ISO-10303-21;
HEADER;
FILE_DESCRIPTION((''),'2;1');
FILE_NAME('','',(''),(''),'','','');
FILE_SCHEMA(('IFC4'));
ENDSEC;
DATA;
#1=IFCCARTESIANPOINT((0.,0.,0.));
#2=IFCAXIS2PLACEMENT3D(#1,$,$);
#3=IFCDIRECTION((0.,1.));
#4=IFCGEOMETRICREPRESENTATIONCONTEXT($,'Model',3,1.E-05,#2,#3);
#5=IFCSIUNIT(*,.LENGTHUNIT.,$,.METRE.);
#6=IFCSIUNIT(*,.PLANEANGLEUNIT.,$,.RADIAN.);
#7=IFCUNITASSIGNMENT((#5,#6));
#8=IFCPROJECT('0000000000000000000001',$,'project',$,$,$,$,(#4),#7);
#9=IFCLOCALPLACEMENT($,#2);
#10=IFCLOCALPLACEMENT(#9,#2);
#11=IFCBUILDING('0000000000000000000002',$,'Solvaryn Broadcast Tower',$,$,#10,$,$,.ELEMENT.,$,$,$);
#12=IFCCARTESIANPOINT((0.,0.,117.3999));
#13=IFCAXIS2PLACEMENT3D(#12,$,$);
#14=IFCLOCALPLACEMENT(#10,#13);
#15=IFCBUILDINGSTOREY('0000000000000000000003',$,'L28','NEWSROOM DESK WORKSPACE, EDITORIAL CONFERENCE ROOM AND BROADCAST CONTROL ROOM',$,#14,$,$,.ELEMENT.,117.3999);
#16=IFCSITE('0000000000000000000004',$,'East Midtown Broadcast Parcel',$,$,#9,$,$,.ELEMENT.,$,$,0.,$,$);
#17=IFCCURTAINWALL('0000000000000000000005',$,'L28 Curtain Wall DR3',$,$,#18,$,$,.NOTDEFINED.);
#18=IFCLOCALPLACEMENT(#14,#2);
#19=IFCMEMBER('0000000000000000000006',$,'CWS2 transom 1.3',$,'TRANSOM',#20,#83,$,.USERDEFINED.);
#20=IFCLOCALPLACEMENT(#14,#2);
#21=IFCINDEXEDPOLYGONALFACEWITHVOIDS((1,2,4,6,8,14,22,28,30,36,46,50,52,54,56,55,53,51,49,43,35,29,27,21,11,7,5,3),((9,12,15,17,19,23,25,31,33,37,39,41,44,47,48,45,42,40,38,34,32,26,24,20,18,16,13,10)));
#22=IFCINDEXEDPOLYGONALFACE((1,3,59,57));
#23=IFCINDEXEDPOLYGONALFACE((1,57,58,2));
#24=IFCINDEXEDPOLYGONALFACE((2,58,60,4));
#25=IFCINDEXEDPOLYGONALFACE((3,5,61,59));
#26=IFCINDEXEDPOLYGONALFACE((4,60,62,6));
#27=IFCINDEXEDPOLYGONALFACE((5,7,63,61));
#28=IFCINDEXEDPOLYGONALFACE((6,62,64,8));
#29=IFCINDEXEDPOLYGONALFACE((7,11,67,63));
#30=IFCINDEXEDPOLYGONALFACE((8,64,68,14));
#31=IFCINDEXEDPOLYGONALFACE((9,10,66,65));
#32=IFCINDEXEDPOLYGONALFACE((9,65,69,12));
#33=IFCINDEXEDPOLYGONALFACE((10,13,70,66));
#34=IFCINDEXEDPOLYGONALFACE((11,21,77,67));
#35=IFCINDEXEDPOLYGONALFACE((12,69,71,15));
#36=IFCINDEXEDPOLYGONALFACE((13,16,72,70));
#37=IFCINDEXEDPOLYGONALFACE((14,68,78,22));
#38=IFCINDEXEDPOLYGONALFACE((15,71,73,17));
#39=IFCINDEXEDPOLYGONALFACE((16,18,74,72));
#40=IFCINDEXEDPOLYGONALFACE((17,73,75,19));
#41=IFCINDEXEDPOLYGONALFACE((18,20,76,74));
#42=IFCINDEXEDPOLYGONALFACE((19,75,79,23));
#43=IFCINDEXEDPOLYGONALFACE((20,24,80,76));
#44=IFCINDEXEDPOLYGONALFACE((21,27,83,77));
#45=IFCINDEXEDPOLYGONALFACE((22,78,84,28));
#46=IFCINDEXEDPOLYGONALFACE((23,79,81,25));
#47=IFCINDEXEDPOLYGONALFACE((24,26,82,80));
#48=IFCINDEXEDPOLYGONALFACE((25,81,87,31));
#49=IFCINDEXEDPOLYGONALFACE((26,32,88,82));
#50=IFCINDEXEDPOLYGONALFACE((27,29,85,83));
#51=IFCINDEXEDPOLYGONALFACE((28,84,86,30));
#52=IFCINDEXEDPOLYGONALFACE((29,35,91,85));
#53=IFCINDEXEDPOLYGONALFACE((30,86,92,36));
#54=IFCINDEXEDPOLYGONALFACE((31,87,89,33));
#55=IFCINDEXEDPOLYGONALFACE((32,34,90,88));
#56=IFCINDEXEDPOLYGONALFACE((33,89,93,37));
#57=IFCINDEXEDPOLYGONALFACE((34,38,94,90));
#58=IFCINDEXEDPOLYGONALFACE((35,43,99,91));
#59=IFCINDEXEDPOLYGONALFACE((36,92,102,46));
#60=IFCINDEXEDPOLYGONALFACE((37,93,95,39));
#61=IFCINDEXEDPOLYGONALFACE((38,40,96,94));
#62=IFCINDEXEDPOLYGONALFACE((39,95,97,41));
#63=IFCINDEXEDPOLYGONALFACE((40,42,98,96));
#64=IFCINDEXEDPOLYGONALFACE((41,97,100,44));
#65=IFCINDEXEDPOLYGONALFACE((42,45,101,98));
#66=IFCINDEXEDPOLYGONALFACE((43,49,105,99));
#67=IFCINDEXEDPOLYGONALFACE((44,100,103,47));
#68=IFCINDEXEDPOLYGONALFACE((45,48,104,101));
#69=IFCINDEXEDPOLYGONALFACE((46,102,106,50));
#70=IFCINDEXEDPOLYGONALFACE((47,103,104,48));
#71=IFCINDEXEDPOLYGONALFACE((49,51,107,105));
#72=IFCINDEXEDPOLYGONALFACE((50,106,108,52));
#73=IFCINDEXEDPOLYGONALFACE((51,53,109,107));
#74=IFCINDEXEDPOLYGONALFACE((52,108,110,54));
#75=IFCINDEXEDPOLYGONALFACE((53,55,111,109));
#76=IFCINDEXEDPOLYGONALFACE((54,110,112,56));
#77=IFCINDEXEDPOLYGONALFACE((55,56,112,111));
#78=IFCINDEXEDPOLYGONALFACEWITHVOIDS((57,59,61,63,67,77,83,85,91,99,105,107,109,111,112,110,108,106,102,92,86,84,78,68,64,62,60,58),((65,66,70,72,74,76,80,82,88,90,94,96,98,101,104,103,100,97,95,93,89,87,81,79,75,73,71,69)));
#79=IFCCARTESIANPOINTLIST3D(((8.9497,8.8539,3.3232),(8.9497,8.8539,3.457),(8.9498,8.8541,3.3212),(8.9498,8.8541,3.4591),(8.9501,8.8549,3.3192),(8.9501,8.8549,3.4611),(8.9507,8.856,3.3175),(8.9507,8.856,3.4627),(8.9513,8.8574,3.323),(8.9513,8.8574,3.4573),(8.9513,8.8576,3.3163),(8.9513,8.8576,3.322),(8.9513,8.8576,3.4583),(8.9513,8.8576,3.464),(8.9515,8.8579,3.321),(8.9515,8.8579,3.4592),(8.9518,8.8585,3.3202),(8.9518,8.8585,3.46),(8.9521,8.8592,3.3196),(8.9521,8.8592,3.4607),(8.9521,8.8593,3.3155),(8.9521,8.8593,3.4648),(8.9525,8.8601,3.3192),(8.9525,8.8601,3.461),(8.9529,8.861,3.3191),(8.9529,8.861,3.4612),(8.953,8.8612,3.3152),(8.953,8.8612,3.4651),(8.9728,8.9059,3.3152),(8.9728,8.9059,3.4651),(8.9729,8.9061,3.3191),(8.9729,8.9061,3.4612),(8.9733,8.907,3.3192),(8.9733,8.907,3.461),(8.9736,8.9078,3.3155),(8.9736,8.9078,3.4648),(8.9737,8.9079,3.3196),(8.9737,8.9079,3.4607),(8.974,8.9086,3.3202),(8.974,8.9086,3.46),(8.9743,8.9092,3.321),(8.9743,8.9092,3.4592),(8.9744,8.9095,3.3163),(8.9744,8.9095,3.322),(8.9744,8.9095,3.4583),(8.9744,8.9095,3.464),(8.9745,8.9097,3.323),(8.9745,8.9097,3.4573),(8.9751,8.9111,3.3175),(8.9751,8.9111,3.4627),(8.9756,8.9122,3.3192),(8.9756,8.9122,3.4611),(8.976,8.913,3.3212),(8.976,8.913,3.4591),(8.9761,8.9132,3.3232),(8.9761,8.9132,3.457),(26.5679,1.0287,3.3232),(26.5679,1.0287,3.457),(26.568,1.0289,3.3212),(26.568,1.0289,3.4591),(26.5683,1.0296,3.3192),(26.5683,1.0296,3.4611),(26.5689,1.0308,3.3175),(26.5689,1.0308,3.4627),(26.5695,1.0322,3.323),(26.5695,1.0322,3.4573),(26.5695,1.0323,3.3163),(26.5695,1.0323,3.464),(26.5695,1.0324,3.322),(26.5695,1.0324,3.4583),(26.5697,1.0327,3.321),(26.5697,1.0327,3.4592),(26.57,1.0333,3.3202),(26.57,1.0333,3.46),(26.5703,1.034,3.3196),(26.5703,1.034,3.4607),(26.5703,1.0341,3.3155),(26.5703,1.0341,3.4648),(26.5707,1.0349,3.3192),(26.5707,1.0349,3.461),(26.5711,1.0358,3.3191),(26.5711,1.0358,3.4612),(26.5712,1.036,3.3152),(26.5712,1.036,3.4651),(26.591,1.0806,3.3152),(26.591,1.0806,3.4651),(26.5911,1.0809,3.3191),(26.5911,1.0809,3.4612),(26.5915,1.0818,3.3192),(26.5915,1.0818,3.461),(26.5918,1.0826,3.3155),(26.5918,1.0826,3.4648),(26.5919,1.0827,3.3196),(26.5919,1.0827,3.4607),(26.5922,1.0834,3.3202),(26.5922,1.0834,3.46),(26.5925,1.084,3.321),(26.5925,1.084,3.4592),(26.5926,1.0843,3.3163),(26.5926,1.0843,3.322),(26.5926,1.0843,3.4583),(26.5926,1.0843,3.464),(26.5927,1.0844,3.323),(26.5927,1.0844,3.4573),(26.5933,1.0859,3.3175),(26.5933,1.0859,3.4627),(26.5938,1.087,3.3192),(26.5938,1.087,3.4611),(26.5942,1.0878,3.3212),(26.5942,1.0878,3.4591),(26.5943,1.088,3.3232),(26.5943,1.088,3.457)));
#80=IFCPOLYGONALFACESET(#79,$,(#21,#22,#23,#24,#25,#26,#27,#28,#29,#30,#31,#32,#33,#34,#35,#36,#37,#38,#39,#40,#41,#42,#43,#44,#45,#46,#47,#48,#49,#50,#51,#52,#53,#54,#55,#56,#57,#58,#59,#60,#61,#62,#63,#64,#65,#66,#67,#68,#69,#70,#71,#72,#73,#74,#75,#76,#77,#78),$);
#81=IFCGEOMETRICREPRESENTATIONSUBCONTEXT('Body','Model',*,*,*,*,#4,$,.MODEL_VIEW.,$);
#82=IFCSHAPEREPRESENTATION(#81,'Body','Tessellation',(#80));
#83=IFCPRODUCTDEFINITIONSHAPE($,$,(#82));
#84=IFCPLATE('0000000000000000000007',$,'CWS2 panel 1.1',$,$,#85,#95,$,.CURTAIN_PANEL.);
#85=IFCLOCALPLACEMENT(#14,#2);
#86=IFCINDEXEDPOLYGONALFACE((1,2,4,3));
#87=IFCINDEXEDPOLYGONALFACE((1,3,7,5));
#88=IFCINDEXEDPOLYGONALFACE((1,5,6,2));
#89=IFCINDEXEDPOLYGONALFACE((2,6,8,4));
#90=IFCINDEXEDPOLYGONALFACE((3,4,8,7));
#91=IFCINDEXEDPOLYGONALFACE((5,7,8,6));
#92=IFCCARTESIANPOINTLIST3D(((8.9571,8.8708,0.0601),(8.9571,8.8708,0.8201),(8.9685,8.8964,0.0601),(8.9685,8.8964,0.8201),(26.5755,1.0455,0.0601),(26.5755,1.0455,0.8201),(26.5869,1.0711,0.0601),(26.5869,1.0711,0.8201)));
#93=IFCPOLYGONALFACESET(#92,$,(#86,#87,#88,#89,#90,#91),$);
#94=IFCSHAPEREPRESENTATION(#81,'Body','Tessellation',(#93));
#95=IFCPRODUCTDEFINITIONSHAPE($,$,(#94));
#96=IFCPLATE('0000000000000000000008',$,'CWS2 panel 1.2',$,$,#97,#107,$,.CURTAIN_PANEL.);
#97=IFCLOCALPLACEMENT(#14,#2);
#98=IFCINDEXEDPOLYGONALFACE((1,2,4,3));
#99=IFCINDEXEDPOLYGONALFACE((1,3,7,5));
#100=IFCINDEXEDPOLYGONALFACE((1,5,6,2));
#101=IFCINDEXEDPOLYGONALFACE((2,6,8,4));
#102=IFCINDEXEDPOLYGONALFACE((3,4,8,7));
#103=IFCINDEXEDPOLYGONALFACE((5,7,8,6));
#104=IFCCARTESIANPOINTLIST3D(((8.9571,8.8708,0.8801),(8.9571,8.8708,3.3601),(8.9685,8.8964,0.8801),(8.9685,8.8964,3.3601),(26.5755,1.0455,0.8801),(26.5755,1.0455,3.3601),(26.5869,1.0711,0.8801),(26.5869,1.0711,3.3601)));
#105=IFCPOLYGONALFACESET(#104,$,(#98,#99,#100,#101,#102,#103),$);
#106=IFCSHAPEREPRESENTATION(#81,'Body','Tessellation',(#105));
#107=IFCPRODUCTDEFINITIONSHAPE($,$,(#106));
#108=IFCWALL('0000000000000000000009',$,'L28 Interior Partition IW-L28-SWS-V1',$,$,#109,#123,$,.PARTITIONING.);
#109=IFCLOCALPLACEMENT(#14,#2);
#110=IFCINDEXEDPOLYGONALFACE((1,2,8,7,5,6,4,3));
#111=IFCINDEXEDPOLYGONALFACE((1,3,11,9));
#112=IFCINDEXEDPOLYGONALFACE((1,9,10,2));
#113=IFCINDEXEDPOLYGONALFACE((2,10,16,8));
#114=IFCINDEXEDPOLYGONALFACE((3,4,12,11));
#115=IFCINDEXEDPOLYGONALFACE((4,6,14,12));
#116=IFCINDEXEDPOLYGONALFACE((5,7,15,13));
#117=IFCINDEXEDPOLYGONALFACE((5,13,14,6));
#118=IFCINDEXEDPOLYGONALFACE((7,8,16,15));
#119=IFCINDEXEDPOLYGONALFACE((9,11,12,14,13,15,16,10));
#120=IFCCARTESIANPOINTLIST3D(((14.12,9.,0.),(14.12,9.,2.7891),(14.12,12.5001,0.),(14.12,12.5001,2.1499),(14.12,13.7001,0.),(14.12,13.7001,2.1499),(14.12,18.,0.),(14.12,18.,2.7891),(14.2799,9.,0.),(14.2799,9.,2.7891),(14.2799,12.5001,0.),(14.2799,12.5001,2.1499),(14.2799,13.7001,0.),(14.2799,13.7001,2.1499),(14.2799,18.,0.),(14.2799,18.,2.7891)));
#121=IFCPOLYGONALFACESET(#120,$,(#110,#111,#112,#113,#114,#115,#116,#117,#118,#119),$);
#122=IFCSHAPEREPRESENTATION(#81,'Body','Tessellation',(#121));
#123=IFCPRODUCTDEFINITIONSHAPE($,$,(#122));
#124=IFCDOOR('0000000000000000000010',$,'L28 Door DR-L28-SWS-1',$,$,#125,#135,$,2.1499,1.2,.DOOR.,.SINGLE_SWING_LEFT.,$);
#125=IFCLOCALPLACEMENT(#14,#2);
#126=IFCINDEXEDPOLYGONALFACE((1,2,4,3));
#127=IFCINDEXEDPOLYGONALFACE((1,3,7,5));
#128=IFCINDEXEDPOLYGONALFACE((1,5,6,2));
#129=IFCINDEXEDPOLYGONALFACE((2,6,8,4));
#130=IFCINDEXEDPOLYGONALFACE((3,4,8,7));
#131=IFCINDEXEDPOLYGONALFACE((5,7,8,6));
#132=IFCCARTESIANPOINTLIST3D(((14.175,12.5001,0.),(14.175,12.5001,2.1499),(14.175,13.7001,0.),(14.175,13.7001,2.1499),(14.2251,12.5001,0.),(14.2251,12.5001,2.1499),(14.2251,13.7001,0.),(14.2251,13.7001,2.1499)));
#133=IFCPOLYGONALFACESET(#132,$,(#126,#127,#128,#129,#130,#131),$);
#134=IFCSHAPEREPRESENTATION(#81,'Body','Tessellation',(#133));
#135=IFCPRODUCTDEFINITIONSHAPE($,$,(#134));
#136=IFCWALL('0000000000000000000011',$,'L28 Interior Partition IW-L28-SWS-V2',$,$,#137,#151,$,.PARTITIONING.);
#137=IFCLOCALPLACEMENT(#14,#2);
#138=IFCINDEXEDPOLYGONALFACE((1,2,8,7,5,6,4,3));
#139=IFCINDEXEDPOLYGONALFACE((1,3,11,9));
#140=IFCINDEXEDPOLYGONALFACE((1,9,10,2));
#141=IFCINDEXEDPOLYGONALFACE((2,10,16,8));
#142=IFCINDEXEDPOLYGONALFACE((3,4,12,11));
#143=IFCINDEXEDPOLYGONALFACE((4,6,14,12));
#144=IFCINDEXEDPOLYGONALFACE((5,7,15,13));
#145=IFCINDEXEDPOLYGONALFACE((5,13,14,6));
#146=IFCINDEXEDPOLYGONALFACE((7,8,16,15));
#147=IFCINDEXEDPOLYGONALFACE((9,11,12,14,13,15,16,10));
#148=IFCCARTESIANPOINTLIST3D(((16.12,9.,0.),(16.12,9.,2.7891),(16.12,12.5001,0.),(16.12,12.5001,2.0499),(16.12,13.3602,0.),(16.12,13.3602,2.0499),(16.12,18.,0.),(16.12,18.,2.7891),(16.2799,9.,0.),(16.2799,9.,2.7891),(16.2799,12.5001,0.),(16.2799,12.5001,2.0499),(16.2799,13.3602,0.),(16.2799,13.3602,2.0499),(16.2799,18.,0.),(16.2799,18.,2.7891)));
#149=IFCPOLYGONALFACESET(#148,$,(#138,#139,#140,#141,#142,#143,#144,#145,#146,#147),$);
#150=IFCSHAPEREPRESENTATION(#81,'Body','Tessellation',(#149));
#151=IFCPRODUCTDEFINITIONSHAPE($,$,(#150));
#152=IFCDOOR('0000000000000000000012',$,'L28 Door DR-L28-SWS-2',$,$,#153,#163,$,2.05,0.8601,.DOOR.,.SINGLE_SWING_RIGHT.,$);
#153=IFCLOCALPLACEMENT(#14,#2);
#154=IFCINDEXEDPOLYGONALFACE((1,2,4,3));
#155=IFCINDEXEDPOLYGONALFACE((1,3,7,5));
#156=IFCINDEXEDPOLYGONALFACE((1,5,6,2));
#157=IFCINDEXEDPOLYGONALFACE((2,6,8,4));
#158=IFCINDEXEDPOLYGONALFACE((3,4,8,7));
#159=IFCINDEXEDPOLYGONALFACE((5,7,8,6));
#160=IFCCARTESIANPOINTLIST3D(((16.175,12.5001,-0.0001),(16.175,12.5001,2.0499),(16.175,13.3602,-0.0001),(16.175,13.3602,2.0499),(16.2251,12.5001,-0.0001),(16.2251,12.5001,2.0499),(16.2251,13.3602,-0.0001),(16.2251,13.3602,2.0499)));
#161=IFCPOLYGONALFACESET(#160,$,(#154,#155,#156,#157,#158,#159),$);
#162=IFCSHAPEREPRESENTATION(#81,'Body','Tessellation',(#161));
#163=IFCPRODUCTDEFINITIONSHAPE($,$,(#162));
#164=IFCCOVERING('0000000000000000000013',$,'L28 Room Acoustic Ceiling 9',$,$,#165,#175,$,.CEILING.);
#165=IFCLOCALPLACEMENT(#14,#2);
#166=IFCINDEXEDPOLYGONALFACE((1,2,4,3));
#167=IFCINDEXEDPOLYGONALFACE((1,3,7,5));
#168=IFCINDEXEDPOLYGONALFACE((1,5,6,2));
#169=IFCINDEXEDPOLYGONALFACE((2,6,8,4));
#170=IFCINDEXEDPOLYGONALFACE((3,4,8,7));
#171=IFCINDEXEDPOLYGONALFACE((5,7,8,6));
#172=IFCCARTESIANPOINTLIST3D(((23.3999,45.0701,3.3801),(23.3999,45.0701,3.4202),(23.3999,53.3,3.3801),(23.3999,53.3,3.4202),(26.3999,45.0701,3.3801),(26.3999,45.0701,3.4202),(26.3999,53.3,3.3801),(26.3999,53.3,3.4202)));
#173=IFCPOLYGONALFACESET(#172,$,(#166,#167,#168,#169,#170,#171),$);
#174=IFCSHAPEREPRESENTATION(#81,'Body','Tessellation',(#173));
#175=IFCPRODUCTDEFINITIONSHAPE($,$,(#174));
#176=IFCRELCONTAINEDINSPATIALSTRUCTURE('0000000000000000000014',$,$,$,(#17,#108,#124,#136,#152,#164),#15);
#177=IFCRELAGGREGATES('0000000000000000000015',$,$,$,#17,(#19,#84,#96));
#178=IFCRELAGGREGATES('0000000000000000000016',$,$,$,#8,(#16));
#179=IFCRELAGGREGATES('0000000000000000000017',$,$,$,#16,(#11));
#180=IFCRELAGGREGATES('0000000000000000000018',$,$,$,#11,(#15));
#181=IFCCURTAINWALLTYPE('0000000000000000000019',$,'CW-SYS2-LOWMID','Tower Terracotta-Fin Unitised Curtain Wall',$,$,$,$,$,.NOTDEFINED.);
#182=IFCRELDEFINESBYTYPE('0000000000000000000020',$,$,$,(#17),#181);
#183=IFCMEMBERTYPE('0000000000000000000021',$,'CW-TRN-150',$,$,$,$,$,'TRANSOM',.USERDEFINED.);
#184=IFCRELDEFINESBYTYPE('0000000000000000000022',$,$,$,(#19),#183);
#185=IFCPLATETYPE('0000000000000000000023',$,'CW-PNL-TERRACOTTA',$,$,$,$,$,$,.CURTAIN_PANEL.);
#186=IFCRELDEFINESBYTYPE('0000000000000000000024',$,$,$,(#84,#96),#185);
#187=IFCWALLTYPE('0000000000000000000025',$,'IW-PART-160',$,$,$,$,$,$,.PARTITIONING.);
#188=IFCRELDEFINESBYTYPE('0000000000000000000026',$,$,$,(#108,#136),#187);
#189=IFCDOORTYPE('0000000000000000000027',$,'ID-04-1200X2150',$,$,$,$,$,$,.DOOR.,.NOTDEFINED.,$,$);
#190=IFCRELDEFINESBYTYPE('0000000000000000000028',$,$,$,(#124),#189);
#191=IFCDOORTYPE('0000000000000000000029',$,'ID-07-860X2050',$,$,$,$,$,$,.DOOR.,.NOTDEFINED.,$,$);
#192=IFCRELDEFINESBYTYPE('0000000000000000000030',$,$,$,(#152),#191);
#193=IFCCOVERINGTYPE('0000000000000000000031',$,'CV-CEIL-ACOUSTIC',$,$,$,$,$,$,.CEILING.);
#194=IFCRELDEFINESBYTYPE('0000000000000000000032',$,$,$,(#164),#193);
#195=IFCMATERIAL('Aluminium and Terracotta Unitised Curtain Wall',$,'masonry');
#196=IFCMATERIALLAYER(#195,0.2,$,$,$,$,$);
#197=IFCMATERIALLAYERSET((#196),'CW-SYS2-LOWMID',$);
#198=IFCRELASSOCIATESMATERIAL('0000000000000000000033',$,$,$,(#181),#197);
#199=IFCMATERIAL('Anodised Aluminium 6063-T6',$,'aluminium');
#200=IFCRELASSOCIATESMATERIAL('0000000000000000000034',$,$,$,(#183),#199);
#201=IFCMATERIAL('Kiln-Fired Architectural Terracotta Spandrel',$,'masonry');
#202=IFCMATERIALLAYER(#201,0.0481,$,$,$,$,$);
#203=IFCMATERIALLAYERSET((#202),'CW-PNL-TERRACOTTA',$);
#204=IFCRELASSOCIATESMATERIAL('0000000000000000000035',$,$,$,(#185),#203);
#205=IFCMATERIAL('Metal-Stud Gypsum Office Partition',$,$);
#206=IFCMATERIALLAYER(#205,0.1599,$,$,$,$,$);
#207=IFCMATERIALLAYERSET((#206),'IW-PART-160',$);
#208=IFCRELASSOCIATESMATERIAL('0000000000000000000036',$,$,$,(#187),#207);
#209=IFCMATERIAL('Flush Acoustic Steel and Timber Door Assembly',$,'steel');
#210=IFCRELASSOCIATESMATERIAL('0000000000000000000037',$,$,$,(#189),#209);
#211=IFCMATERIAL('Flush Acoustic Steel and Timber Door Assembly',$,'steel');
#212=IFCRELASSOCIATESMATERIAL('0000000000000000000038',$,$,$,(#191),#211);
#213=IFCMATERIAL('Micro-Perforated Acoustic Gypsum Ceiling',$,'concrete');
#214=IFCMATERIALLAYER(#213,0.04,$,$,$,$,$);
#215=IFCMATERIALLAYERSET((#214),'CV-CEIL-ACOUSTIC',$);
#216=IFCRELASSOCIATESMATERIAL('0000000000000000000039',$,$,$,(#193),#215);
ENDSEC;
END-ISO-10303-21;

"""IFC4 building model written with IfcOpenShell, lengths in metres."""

from ifc_helpers import new_model, si_unit, direction, frame, frame_2d, origin, origin_2d, place, context, subcontext, project, spatial, polyline, rectangle, hollow_rectangle, outline, extrude, material, layer, layer_set, material_profile, profile_set, type_object, element, fill, aggregate, save


model = new_model("IFC4")

# Units and contexts
model_context = context("Model", 3, precision=1e-05, world=origin(), true_north=direction((0.0, 1.0)))
body_context = subcontext(model_context, "Body", "Model", "MODEL_VIEW")
ifc_project = project(units=[si_unit("LENGTHUNIT", "METRE"), si_unit("PLANEANGLEUNIT", "RADIAN")], contexts=[model_context])

# Site, building, storey
site_placement = place(None, origin())
site = spatial("IfcSite", under=ifc_project, at=site_placement, Name="East Midtown Broadcast Parcel", CompositionType="ELEMENT", RefElevation=0.0)
building_placement = place(site_placement, origin())
building = spatial("IfcBuilding", under=site, at=building_placement, Name="Solvaryn Broadcast Tower", CompositionType="ELEMENT")
storey_placement = place(building_placement, frame((0.0, 0.0, 117.3999)))
storey = spatial("IfcBuildingStorey", under=building, at=storey_placement, Name="L28", Description="NEWSROOM DESK WORKSPACE, EDITORIAL CONFERENCE ROOM AND BROADCAST CONTROL ROOM", CompositionType="ELEMENT", Elevation=117.3999)

# Curtain wall, member, plates
ifc_material_1 = material(Name="Aluminium and Terracotta Unitised Curtain Wall", Category="masonry")
ifc_layer_1 = layer(ifc_material_1, 0.2)
ifc_layer_set_1 = layer_set([ifc_layer_1], Name="CW-SYS2-LOWMID")
curtain_wall_type_1 = type_object("IfcCurtainWallType", Name="CW-SYS2-LOWMID", Description="Tower Terracotta-Fin Unitised Curtain Wall", PredefinedType="NOTDEFINED", material=ifc_layer_set_1)
curtain_wall_1_placement = place(storey_placement, origin())
curtain_wall_1 = element("IfcCurtainWall", 1, at=curtain_wall_1_placement, inside=storey, type_object=curtain_wall_type_1, Name="L28 Curtain Wall DR3", PredefinedType="NOTDEFINED")
ifc_material_2 = material(Name="Anodised Aluminium 6063-T6", Category="aluminium")
ifc_material_profile_1 = material_profile(ifc_material_2, hollow_rectangle(XDim=0.0649, YDim=0.1499, WallThickness=0.0039, InnerFilletRadius=0.0039, OuterFilletRadius=0.0081, at=origin_2d()))
ifc_profile_set_1 = profile_set([ifc_material_profile_1], Name="Anodised Aluminium 6063-T6")
member_type_1 = type_object("IfcMemberType", Name="CW-TRN-150", ElementType="TRANSOM", PredefinedType="USERDEFINED", material=ifc_profile_set_1)
member_1_placement = place(storey_placement, frame((8.9629, 8.8835, 3.3901), z_axis=(0.91391, -0.405918, 0.0), x_axis=(0.405918, 0.91391, 0.0)))
member_1 = element("IfcMember", 2, at=member_1_placement, type_object=member_type_1, Name="CWS2 transom 1.3", ObjectType="TRANSOM", PredefinedType="USERDEFINED", context=body_context, shape_type="SweptSolid", body=[
    extrude(hollow_rectangle(XDim=0.0649, YDim=0.1499, WallThickness=0.0039, InnerFilletRadius=0.0039, OuterFilletRadius=0.0081, at=origin_2d()), origin(), (0.0, 0.0, 1.0), 19.2778),
])
ifc_material_3 = material(Name="Kiln-Fired Architectural Terracotta Spandrel", Category="masonry")
ifc_layer_2 = layer(ifc_material_3, 0.0481)
ifc_layer_set_2 = layer_set([ifc_layer_2], Name="CW-PNL-TERRACOTTA")
plate_type = type_object("IfcPlateType", Name="CW-PNL-TERRACOTTA", PredefinedType="CURTAIN_PANEL", material=ifc_layer_set_2)
plate_1_placement = place(storey_placement, frame((17.772, 4.9709, 0.0601), z_axis=(0.0, 0.0, 1.0), x_axis=(0.913909, -0.405918, 0.0)))
plate_1 = element("IfcPlate", 3, at=plate_1_placement, type_object=plate_type, Name="CWS2 panel 1.1", PredefinedType="CURTAIN_PANEL", context=body_context, shape_type="SweptSolid", body=[
    extrude(rectangle(XDim=19.2781, YDim=0.0281, at=origin_2d()), origin(), (0.0, 0.0, 1.0), 0.76),
])
plate_2_placement = place(storey_placement, frame((17.772, 4.9709, 0.8801), z_axis=(0.0, 0.0, 1.0), x_axis=(0.913909, -0.405918, 0.0)))
plate_2 = element("IfcPlate", 4, at=plate_2_placement, type_object=plate_type, Name="CWS2 panel 1.2", PredefinedType="CURTAIN_PANEL", context=body_context, shape_type="SweptSolid", body=[
    extrude(rectangle(XDim=19.2781, YDim=0.0281, at=origin_2d()), origin(), (0.0, 0.0, 1.0), 2.48),
])
aggregate(curtain_wall_1, [member_1, plate_1, plate_2])

# Walls, openings, doors
ifc_material_4 = material(Name="Metal-Stud Gypsum Office Partition")
ifc_layer_3 = layer(ifc_material_4, 0.1599)
ifc_layer_set_3 = layer_set([ifc_layer_3], Name="IW-PART-160")
wall_type = type_object("IfcWallType", Name="IW-PART-160", PredefinedType="PARTITIONING", material=ifc_layer_set_3)
wall_1_placement = place(storey_placement, frame((14.2, 9.0, 0.0), z_axis=(0.0, 0.0, 1.0), x_axis=(0.0, 1.0, 0.0)))
wall_1 = element("IfcWall", 5, at=wall_1_placement, inside=storey, type_object=wall_type, Name="L28 Interior Partition IW-L28-SWS-V1", PredefinedType="PARTITIONING", context=body_context, shape_type="SweptSolid", body=[
    extrude(rectangle(XDim=9.0, YDim=0.1599, at=frame_2d((4.5, 0.0))), origin(), (0.0, 0.0, 1.0), 2.7891),
])
opening_1_placement = place(wall_1_placement, frame((3.5, 0.0, 0.0)))
opening_1 = element("IfcOpeningElement", 6, at=opening_1_placement, cuts=wall_1, PredefinedType="OPENING", context=body_context, shape_type="SweptSolid", body=[
    extrude(rectangle(XDim=1.2, YDim=2.1499, at=frame_2d((0.6001, 1.075))), frame((0.0, 0.0901, 0.0), z_axis=(0.0, -1.0, 0.0), x_axis=(1.0, 0.0, 0.0)), (0.0, 0.0, 1.0), 0.1799),
])
ifc_material_5 = material(Name="Flush Acoustic Steel and Timber Door Assembly", Category="steel")
door_type_1 = type_object("IfcDoorType", Name="ID-04-1200X2150", OperationType="NOTDEFINED", PredefinedType="DOOR", material=ifc_material_5)
door_1_placement = place(opening_1_placement, origin())
door_1 = element("IfcDoor", 7, at=door_1_placement, inside=storey, type_object=door_type_1, Name="L28 Door DR-L28-SWS-1", OperationType="SINGLE_SWING_LEFT", OverallHeight=2.1499, OverallWidth=1.2, PredefinedType="DOOR", context=body_context, shape_type="SweptSolid", body=[
    extrude(rectangle(XDim=1.2, YDim=2.1499, at=frame_2d((0.6001, 1.075))), frame((0.0, 0.0249, 0.0), z_axis=(0.0, -1.0, 0.0), x_axis=(1.0, 0.0, 0.0)), (0.0, 0.0, 1.0), 0.05),
])
fill(opening_1, door_1)
wall_2_placement = place(storey_placement, frame((16.2, 9.0, 0.0), z_axis=(0.0, 0.0, 1.0), x_axis=(0.0, 1.0, 0.0)))
wall_2 = element("IfcWall", 8, at=wall_2_placement, inside=storey, type_object=wall_type, Name="L28 Interior Partition IW-L28-SWS-V2", PredefinedType="PARTITIONING", context=body_context, shape_type="SweptSolid", body=[
    extrude(rectangle(XDim=9.0, YDim=0.1599, at=frame_2d((4.5, 0.0))), origin(), (0.0, 0.0, 1.0), 2.7891),
])
opening_2_placement = place(wall_2_placement, frame((3.5, 0.0, 0.0)))
opening_2 = element("IfcOpeningElement", 9, at=opening_2_placement, cuts=wall_2, PredefinedType="OPENING", context=body_context, shape_type="SweptSolid", body=[
    extrude(rectangle(XDim=0.8601, YDim=2.05, at=frame_2d((0.4302, 1.0249))), frame((0.0, 0.0901, 0.0), z_axis=(0.0, -1.0, 0.0), x_axis=(1.0, 0.0, 0.0)), (0.0, 0.0, 1.0), 0.1799),
])
ifc_material_6 = material(Name="Flush Acoustic Steel and Timber Door Assembly", Category="steel")
door_type_2 = type_object("IfcDoorType", Name="ID-07-860X2050", OperationType="NOTDEFINED", PredefinedType="DOOR", material=ifc_material_6)
door_2_placement = place(opening_2_placement, origin())
door_2 = element("IfcDoor", 10, at=door_2_placement, inside=storey, type_object=door_type_2, Name="L28 Door DR-L28-SWS-2", OperationType="SINGLE_SWING_RIGHT", OverallHeight=2.05, OverallWidth=0.8601, PredefinedType="DOOR", context=body_context, shape_type="SweptSolid", body=[
    extrude(rectangle(XDim=0.8601, YDim=2.05, at=frame_2d((0.4302, 1.0249))), frame((0.0, 0.0249, 0.0), z_axis=(0.0, -1.0, 0.0), x_axis=(1.0, 0.0, 0.0)), (0.0, 0.0, 1.0), 0.05),
])
fill(opening_2, door_2)

# Covering
ifc_material_7 = material(Name="Micro-Perforated Acoustic Gypsum Ceiling", Category="concrete")
ifc_layer_4 = layer(ifc_material_7, 0.04)
ifc_layer_set_4 = layer_set([ifc_layer_4], Name="CV-CEIL-ACOUSTIC")
covering_type_1 = type_object("IfcCoveringType", Name="CV-CEIL-ACOUSTIC", PredefinedType="CEILING", material=ifc_layer_set_4)
covering_1_placement = place(storey_placement, frame((0.0, 0.0, 3.3801)))
element("IfcCovering", 11, at=covering_1_placement, inside=storey, type_object=covering_type_1, Name="L28 Room Acoustic Ceiling 9", PredefinedType="CEILING", context=body_context, shape_type="SweptSolid", body=[
    extrude(outline(polyline([(23.3999, 45.0701), (26.3999, 45.0701), (26.3999, 53.3), (23.3999, 53.3), (23.3999, 45.0701)])), origin(), (0.0, 0.0, 1.0), 0.04),
])

save(model, "model.ifc")
